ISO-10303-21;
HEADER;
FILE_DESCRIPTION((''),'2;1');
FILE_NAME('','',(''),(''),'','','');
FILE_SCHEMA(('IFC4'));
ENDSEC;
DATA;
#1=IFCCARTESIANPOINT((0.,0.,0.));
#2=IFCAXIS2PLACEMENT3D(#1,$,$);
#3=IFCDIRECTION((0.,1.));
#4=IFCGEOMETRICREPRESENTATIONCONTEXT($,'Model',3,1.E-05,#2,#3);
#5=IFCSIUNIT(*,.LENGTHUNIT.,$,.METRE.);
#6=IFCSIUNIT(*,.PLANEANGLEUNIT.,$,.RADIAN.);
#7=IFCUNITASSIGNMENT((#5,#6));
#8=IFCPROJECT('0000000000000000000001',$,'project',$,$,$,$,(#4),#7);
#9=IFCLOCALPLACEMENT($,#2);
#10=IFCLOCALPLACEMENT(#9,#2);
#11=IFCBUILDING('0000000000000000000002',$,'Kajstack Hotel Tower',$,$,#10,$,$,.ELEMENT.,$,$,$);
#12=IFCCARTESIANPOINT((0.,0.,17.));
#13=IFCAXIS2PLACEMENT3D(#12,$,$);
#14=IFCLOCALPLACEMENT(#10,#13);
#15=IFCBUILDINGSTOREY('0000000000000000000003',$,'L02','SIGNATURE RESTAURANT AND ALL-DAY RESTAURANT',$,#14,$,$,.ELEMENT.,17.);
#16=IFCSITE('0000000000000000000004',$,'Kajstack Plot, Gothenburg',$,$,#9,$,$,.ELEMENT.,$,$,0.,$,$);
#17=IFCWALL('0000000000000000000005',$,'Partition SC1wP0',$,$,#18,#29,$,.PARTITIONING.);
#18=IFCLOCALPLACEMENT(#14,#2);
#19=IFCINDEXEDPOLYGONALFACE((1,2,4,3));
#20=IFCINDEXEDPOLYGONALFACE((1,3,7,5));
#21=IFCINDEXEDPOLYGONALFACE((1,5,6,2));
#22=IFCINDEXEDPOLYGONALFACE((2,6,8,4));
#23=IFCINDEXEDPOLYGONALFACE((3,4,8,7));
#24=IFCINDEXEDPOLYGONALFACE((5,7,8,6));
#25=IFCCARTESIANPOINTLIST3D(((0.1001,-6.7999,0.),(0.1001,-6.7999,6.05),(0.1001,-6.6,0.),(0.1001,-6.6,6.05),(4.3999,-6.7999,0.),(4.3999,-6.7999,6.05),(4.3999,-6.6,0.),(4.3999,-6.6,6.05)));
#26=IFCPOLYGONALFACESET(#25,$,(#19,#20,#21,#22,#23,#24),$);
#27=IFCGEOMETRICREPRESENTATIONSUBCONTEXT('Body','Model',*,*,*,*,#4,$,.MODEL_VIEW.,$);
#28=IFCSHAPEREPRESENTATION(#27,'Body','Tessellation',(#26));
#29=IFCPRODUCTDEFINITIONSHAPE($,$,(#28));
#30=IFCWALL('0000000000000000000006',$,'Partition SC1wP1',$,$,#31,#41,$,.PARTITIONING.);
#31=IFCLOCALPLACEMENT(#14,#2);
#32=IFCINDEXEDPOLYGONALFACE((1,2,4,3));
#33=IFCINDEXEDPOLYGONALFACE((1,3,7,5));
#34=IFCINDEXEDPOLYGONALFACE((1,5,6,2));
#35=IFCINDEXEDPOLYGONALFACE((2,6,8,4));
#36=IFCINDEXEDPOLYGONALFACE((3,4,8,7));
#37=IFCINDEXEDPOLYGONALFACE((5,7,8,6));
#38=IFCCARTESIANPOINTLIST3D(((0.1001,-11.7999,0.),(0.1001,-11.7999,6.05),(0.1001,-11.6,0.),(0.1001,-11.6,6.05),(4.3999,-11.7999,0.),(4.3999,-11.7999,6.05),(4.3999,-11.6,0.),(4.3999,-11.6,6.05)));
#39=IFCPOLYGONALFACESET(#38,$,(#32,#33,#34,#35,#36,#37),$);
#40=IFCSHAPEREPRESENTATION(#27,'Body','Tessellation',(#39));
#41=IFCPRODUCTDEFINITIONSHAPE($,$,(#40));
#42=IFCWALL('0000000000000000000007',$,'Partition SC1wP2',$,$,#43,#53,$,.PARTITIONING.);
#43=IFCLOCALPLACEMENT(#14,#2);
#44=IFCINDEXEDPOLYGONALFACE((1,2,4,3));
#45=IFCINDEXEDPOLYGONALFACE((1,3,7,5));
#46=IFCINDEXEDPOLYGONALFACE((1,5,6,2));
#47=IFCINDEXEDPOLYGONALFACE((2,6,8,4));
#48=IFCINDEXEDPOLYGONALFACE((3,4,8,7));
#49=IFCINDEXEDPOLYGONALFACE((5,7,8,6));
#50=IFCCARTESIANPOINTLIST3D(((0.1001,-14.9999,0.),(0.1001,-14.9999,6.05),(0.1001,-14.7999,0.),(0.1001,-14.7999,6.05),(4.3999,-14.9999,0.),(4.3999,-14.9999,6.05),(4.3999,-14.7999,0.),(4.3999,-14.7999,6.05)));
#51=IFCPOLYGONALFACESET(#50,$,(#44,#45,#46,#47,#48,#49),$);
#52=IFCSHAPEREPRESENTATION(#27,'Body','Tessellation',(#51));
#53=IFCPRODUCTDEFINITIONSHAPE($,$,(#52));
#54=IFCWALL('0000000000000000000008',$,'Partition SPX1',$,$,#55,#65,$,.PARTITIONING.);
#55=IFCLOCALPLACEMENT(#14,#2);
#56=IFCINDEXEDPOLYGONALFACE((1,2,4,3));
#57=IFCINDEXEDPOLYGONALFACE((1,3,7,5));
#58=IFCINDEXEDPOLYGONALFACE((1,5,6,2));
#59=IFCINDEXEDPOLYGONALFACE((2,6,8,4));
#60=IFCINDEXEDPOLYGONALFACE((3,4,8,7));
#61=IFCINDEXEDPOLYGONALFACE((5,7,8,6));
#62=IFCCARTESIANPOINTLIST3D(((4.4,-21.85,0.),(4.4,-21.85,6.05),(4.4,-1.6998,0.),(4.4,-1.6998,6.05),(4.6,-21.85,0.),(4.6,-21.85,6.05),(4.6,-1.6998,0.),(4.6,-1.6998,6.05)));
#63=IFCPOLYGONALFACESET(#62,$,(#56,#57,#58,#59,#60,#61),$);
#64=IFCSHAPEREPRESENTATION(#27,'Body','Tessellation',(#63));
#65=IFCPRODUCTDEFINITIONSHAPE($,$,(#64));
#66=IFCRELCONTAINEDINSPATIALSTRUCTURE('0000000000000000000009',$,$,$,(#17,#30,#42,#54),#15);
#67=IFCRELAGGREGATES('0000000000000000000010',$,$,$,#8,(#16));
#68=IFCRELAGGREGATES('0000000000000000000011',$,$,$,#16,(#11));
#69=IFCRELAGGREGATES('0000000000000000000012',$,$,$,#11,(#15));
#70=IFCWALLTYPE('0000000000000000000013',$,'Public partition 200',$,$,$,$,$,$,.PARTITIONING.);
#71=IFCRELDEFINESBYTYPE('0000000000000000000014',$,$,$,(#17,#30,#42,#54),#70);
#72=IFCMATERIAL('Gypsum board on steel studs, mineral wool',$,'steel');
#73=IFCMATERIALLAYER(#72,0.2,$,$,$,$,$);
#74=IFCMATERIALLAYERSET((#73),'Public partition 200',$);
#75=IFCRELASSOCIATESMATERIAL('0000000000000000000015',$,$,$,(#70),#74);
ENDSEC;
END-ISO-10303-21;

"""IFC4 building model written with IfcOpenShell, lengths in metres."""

from ifc_helpers import new_model, si_unit, direction, frame, frame_2d, origin, place, context, subcontext, project, spatial, rectangle, extrude, material, layer, layer_set, type_object, element, save


model = new_model("IFC4")

# Units and contexts
model_context = context("Model", 3, precision=1e-05, world=origin(), true_north=direction((0.0, 1.0)))
body_context = subcontext(model_context, "Body", "Model", "MODEL_VIEW")
ifc_project = project(units=[si_unit("LENGTHUNIT", "METRE"), si_unit("PLANEANGLEUNIT", "RADIAN")], contexts=[model_context])

# Site, building, storey
site_placement = place(None, origin())
site = spatial("IfcSite", under=ifc_project, at=site_placement, Name="Kajstack Plot, Gothenburg", CompositionType="ELEMENT", RefElevation=0.0)
building_placement = place(site_placement, origin())
building = spatial("IfcBuilding", under=site, at=building_placement, Name="Kajstack Hotel Tower", CompositionType="ELEMENT")
storey_placement = place(building_placement, frame((0.0, 0.0, 17.0)))
storey = spatial("IfcBuildingStorey", under=building, at=storey_placement, Name="L02", Description="SIGNATURE RESTAURANT AND ALL-DAY RESTAURANT", CompositionType="ELEMENT", Elevation=17.0)

# Shared definitions
ifc_material_1 = material(Name="Gypsum board on steel studs, mineral wool", Category="steel")
ifc_layer_1 = layer(ifc_material_1, 0.2)
ifc_layer_set_1 = layer_set([ifc_layer_1], Name="Public partition 200")
wall_type = type_object("IfcWallType", Name="Public partition 200", PredefinedType="PARTITIONING", material=ifc_layer_set_1)

# Walls
for number, where, z_axis, x_axis, name in (
    (1, (0.1001, -6.7, 0.0), (0.0, 0.0, 1.0), (1.0, 0.0, 0.0), "Partition SC1wP0"),
    (2, (0.1001, -11.7, 0.0), (0.0, 0.0, 1.0), (1.0, 0.0, 0.0), "Partition SC1wP1"),
    (3, (0.1001, -14.8999, 0.0), (0.0, 0.0, 1.0), (1.0, 0.0, 0.0), "Partition SC1wP2"),
):
    element("IfcWall", number, at=place(storey_placement, frame(where, z_axis=z_axis, x_axis=x_axis)), inside=storey, type_object=wall_type, Name=name, PredefinedType="PARTITIONING", context=body_context, shape_type="SweptSolid", body=[
        extrude(rectangle(XDim=4.2998, YDim=0.2, at=frame_2d((2.1499, 0.0))), origin(), (0.0, 0.0, 1.0), 6.05),
    ])
wall_1_placement = place(storey_placement, frame((4.5, -21.8501, 0.0), z_axis=(0.0, 0.0, 1.0), x_axis=(0.0, 1.0, 0.0)))
element("IfcWall", 4, at=wall_1_placement, inside=storey, type_object=wall_type, Name="Partition SPX1", PredefinedType="PARTITIONING", context=body_context, shape_type="SweptSolid", body=[
    extrude(rectangle(XDim=20.1501, YDim=0.2, at=frame_2d((10.0752, 0.0))), origin(), (0.0, 0.0, 1.0), 6.05),
])

save(model, "model.ifc")
